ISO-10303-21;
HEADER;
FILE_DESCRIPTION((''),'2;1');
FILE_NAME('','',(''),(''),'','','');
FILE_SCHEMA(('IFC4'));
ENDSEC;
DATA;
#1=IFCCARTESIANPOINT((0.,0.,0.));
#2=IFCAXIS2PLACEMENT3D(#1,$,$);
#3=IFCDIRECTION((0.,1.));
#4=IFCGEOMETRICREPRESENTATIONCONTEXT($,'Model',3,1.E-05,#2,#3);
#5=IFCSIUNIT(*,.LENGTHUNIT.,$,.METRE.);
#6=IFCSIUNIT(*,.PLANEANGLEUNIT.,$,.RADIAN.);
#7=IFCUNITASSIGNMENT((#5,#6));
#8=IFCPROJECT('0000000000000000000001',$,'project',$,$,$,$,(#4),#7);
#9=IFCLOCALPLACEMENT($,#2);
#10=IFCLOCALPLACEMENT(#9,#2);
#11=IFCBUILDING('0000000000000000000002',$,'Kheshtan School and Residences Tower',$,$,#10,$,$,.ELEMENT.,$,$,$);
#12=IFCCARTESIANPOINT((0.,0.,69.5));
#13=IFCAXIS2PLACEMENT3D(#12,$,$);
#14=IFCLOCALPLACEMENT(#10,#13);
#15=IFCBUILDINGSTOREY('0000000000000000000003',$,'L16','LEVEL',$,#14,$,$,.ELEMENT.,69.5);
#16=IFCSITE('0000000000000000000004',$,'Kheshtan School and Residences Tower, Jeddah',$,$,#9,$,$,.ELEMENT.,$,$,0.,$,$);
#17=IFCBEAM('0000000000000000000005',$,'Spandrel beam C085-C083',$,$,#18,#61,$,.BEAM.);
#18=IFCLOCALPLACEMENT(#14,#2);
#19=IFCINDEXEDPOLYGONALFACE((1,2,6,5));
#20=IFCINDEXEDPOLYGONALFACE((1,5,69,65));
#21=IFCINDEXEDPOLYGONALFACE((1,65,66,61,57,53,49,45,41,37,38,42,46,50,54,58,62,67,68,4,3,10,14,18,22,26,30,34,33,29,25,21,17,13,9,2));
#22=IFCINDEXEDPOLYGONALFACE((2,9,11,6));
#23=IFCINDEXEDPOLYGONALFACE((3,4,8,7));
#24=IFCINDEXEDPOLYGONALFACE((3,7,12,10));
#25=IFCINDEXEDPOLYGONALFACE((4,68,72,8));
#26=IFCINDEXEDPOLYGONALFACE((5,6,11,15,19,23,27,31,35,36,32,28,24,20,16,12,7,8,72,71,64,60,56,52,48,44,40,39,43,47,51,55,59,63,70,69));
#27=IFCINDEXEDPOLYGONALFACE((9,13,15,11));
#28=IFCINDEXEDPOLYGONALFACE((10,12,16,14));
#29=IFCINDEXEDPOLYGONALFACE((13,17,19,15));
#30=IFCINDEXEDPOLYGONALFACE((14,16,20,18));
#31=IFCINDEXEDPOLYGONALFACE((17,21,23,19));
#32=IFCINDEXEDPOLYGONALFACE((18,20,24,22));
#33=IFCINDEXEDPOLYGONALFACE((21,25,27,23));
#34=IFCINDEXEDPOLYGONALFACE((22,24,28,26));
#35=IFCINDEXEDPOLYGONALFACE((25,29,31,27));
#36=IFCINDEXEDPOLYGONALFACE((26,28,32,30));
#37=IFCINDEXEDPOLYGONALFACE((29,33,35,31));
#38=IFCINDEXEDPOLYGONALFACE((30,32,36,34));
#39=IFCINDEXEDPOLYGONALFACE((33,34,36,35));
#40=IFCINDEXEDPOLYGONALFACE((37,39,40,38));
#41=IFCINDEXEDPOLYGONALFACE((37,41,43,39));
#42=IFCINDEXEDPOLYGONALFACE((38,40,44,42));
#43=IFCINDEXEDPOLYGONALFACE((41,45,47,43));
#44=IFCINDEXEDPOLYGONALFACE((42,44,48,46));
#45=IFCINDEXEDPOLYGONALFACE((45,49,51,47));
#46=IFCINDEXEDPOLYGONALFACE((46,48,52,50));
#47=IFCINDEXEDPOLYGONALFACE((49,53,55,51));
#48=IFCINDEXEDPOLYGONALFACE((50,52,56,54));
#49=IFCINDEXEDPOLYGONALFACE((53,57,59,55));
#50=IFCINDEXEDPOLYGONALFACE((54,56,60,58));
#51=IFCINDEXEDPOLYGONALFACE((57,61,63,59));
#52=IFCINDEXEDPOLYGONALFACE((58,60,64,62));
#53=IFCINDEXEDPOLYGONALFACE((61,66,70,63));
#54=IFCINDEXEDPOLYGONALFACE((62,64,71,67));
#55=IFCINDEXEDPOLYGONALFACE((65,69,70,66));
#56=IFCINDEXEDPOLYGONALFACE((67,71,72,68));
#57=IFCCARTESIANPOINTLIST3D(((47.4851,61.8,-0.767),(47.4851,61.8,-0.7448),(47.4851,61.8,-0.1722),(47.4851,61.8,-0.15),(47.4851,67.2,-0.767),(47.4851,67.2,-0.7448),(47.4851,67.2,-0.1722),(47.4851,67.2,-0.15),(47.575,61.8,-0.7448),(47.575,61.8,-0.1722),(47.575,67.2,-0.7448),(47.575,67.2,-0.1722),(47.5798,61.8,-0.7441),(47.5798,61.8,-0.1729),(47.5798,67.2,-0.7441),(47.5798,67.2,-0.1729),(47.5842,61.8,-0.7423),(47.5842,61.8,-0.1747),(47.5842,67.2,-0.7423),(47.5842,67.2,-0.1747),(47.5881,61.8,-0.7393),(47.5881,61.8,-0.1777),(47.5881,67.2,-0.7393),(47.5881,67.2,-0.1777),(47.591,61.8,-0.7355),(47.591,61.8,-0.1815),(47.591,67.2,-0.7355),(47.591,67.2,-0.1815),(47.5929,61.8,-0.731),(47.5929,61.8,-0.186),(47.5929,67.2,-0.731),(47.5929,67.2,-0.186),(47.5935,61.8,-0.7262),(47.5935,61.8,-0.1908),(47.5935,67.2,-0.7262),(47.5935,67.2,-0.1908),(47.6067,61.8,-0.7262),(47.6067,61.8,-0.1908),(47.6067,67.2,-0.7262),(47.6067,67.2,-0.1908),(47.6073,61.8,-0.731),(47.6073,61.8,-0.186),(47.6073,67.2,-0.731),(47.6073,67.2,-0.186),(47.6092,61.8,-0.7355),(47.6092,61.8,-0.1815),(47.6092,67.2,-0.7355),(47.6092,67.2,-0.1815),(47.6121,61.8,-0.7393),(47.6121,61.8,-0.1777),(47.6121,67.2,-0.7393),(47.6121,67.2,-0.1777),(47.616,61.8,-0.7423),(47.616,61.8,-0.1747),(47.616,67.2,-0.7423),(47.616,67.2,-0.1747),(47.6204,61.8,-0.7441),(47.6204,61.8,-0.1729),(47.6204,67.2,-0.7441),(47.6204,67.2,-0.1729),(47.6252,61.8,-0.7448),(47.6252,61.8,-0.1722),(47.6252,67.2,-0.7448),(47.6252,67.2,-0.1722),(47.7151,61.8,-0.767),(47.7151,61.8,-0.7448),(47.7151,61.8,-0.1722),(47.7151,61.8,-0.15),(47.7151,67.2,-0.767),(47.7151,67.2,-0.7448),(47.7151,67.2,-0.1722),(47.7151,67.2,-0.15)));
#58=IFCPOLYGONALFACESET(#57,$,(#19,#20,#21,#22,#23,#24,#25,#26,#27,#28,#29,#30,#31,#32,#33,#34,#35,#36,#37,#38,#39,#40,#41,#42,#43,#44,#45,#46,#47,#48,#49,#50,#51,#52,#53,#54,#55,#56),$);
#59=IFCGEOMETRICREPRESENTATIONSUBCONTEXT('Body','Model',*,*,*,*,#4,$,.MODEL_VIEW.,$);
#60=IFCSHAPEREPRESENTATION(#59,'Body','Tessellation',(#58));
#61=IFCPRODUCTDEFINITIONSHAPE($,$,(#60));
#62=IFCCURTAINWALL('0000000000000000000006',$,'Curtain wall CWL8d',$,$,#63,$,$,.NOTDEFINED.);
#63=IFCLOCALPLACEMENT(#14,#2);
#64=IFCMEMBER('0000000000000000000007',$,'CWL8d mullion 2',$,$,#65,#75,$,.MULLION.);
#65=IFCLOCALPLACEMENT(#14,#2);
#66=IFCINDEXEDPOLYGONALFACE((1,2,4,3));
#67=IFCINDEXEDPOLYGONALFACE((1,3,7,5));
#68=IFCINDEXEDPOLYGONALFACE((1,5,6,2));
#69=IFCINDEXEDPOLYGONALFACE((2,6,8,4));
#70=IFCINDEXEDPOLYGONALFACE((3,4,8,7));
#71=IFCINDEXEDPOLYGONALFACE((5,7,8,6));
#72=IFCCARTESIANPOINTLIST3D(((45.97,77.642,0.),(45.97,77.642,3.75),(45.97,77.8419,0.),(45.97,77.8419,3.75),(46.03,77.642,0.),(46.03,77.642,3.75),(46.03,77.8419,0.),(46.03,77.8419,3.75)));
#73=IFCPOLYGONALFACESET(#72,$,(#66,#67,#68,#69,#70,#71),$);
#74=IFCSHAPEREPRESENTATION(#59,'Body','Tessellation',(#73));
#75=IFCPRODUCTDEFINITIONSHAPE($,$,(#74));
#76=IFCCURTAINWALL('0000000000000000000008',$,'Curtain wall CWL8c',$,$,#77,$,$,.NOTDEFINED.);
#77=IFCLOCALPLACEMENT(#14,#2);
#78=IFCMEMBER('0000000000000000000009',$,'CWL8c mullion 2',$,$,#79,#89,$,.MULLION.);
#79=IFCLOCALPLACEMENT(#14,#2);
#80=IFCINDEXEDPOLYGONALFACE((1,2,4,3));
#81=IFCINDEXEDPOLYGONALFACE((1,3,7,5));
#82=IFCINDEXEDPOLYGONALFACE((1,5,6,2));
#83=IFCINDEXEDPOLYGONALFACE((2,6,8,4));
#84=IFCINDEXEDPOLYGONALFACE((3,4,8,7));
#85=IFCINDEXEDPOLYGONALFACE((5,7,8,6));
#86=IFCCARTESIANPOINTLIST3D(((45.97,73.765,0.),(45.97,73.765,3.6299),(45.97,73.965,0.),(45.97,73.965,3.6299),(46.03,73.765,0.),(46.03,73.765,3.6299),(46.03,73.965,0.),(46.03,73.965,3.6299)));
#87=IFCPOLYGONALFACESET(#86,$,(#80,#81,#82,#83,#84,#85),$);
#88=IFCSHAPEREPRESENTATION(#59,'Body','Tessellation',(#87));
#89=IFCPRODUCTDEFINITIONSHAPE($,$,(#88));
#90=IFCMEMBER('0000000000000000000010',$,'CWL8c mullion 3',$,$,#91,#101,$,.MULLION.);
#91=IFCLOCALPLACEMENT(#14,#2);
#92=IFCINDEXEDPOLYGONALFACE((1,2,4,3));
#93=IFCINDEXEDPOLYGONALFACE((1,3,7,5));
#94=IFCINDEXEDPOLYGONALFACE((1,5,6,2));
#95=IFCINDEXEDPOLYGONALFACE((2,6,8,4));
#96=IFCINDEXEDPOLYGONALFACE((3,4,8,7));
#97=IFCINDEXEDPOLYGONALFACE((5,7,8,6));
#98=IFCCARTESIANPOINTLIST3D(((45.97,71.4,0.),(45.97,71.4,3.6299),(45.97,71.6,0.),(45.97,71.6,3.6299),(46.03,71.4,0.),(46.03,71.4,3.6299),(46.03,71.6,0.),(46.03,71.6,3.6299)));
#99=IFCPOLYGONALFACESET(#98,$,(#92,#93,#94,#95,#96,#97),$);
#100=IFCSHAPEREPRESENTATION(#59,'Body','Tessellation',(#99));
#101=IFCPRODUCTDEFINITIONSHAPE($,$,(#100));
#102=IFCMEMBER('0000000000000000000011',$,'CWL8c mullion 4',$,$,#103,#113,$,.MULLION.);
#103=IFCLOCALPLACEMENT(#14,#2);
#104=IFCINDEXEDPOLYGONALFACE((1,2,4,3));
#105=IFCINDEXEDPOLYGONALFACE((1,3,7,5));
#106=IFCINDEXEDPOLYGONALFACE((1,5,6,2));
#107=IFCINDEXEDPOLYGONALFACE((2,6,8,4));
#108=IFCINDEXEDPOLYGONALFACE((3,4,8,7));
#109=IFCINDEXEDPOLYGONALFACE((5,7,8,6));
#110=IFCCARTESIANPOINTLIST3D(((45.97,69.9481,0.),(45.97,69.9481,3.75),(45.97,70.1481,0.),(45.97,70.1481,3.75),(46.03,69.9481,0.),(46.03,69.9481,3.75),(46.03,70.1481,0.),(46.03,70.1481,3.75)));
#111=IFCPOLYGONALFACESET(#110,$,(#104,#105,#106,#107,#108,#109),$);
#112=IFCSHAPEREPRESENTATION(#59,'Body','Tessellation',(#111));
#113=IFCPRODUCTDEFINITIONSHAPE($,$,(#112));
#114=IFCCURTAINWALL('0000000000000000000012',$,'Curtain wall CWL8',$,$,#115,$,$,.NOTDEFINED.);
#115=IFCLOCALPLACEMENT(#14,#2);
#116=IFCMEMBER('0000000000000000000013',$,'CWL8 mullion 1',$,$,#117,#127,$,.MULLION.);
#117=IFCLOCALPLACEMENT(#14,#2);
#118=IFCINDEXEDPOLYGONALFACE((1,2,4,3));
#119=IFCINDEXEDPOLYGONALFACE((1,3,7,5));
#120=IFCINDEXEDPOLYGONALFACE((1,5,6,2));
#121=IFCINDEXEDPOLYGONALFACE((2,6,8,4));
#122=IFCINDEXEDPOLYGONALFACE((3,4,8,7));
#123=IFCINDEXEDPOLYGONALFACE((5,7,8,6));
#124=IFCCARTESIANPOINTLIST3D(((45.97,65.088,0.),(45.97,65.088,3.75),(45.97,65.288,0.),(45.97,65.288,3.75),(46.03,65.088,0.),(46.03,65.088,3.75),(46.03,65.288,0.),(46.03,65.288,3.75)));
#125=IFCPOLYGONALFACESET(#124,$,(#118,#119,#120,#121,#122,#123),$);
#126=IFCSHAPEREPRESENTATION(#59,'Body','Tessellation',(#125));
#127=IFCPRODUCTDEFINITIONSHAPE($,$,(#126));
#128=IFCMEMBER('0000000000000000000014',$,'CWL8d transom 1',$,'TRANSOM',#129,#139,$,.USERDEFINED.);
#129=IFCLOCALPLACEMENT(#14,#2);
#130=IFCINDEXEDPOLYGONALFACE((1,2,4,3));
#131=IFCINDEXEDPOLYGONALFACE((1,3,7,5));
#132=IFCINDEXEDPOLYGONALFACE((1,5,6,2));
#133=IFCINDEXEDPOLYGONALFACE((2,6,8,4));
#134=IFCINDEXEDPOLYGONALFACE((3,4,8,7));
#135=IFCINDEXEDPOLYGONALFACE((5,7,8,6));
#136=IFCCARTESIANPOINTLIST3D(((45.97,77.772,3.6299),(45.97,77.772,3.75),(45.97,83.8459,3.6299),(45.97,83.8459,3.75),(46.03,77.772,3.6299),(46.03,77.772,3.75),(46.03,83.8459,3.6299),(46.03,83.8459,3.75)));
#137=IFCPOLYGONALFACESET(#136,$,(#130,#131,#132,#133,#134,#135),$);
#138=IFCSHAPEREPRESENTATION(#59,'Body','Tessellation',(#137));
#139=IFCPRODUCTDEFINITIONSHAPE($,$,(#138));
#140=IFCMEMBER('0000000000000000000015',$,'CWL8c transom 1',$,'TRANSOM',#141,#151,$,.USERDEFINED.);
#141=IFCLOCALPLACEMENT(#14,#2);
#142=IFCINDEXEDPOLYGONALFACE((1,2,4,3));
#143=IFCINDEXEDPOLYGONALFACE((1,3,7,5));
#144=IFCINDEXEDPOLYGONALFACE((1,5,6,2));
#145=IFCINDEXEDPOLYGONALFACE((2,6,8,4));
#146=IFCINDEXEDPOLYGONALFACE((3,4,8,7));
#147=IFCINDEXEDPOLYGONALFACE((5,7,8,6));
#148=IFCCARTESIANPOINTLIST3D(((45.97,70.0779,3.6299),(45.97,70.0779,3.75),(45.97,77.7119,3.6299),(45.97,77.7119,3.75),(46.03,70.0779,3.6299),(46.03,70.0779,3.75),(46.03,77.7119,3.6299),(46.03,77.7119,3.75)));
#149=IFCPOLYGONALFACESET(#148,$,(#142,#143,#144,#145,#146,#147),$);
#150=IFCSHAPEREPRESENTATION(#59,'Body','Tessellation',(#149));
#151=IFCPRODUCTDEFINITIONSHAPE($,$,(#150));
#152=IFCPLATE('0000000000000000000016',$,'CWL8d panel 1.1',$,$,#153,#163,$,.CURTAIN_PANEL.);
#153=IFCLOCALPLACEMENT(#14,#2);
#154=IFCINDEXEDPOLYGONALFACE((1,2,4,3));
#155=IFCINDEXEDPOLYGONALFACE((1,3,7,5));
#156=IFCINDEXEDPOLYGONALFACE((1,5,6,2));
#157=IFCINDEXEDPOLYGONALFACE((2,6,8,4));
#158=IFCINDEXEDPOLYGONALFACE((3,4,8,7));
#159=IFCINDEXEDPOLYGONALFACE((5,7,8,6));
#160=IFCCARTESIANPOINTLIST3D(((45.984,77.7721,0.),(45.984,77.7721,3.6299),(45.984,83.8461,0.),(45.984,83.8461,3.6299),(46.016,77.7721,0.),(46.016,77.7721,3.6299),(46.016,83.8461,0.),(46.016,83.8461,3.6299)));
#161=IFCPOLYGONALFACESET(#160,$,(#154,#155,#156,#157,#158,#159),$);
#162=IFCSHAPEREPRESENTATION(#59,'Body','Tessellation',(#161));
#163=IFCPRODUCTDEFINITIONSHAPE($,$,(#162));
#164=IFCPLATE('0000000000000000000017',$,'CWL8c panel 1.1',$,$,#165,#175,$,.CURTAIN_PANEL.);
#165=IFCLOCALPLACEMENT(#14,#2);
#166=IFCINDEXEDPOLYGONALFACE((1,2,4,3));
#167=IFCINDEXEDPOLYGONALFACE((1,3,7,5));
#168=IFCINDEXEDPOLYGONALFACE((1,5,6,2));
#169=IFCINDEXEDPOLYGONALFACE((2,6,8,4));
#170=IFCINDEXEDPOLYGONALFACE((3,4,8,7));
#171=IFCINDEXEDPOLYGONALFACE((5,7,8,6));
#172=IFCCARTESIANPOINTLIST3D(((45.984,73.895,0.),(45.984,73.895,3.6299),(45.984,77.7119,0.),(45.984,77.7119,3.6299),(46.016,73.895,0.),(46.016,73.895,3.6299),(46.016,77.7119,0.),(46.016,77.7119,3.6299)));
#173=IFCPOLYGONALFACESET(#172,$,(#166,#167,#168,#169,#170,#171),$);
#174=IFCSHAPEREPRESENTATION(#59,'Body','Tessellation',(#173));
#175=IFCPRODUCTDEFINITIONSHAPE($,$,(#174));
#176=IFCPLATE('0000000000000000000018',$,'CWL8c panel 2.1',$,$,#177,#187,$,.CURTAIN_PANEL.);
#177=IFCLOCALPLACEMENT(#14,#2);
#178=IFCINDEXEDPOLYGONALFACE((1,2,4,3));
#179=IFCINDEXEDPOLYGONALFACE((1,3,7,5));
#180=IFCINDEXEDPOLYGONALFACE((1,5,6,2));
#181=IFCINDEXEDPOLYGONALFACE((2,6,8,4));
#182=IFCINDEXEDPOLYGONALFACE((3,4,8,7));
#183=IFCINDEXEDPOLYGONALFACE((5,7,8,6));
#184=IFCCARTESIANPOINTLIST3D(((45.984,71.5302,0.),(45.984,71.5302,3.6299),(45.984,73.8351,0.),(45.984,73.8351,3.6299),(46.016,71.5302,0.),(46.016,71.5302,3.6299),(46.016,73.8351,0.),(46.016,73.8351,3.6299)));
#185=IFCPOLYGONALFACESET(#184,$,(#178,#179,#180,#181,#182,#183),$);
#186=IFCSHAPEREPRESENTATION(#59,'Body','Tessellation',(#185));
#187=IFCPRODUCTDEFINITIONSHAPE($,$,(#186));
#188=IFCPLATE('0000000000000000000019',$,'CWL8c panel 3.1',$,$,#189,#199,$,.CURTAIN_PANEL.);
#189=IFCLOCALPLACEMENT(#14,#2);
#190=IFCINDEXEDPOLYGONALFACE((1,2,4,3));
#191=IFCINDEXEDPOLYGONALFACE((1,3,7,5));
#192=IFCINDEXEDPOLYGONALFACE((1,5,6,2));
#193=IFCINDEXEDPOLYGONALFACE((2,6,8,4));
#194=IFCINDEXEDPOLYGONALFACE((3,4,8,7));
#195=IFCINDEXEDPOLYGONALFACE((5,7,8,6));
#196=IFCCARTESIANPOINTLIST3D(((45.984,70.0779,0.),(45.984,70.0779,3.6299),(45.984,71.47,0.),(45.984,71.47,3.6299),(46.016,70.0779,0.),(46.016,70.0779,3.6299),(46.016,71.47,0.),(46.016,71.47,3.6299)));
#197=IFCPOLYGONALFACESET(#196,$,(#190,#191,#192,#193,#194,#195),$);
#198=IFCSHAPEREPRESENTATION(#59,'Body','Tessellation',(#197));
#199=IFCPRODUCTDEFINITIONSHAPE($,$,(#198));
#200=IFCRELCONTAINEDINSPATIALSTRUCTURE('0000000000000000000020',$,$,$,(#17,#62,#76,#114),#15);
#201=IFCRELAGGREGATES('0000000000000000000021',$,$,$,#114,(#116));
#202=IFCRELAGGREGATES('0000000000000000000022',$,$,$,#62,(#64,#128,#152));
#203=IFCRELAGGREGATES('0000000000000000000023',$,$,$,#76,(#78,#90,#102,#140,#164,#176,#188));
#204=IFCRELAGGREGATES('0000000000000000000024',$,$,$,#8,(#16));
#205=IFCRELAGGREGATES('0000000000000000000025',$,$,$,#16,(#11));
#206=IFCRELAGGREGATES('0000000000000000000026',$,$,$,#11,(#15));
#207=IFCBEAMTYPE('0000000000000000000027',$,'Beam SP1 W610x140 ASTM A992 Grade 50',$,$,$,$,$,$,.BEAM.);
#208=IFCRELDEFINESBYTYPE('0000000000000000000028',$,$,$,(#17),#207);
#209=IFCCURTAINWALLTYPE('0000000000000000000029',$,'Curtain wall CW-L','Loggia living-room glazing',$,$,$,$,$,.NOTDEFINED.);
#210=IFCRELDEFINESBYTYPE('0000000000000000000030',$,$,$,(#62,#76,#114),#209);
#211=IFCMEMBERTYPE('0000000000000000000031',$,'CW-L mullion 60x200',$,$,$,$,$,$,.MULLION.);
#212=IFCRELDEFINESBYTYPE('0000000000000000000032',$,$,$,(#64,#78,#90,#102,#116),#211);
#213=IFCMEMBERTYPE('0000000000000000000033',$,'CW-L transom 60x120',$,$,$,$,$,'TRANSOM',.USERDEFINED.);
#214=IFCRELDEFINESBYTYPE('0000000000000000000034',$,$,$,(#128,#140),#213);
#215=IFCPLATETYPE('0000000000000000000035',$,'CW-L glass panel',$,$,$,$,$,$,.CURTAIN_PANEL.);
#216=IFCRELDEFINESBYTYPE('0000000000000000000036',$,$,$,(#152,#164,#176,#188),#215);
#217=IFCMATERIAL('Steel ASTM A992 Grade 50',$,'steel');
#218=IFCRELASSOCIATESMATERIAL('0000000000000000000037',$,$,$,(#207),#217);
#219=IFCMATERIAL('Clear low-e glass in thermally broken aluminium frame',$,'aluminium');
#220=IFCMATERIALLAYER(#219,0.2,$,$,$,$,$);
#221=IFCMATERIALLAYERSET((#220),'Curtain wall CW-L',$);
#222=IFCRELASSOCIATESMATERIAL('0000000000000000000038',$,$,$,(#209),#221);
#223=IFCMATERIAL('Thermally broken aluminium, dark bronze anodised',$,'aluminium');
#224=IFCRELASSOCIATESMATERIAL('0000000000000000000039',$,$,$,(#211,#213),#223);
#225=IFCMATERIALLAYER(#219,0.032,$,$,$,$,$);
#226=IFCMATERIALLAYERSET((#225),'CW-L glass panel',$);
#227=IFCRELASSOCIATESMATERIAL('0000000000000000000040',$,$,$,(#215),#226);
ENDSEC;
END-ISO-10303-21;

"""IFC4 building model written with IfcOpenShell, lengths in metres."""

from ifc_helpers import new_model, si_unit, direction, frame, origin, origin_2d, place, context, subcontext, project, spatial, rectangle, i_section, extrude, material, layer, layer_set, material_profile, profile_set, type_object, element, aggregate, save


model = new_model("IFC4")

# Units and contexts
model_context = context("Model", 3, precision=1e-05, world=origin(), true_north=direction((0.0, 1.0)))
body_context = subcontext(model_context, "Body", "Model", "MODEL_VIEW")
ifc_project = project(units=[si_unit("LENGTHUNIT", "METRE"), si_unit("PLANEANGLEUNIT", "RADIAN")], contexts=[model_context])

# Site, building, storey
site_placement = place(None, origin())
site = spatial("IfcSite", under=ifc_project, at=site_placement, Name="Kheshtan School and Residences Tower, Jeddah", CompositionType="ELEMENT", RefElevation=0.0)
building_placement = place(site_placement, origin())
building = spatial("IfcBuilding", under=site, at=building_placement, Name="Kheshtan School and Residences Tower", CompositionType="ELEMENT")
storey_placement = place(building_placement, frame((0.0, 0.0, 69.5)))
storey = spatial("IfcBuildingStorey", under=building, at=storey_placement, Name="L16", Description="LEVEL", CompositionType="ELEMENT", Elevation=69.5)

# Shared definitions
ifc_material_1 = material(Name="Steel ASTM A992 Grade 50", Category="steel")

# Beam
ifc_material_profile_1 = material_profile(ifc_material_1, i_section(OverallWidth=0.23, OverallDepth=0.6169, WebThickness=0.0132, FlangeThickness=0.0222, FilletRadius=0.0186, at=origin_2d()), Name="W610x140")
ifc_profile_set_1 = profile_set([ifc_material_profile_1], Name="Steel ASTM A992 Grade 50")
beam_type_1 = type_object("IfcBeamType", Name="Beam SP1 W610x140 ASTM A992 Grade 50", PredefinedType="BEAM", material=ifc_profile_set_1)
beam_1_placement = place(storey_placement, frame((47.6001, 67.2, -0.4585), z_axis=(0.0, -1.0, 0.0), x_axis=(1.0, 0.0, 0.0)))
element("IfcBeam", 1, at=beam_1_placement, inside=storey, type_object=beam_type_1, Name="Spandrel beam C085-C083", PredefinedType="BEAM", context=body_context, shape_type="SweptSolid", body=[
    extrude(i_section(OverallWidth=0.23, OverallDepth=0.6169, WebThickness=0.0132, FlangeThickness=0.0222, FilletRadius=0.0186, at=origin_2d()), origin(), (0.0, 0.0, 1.0), 5.3999),
])

# Curtain wall, member
ifc_material_2 = material(Name="Clear low-e glass in thermally broken aluminium frame", Category="aluminium")
ifc_layer_1 = layer(ifc_material_2, 0.2)
ifc_layer_set_1 = layer_set([ifc_layer_1], Name="Curtain wall CW-L")
curtain_wall_type = type_object("IfcCurtainWallType", Name="Curtain wall CW-L", Description="Loggia living-room glazing", PredefinedType="NOTDEFINED", material=ifc_layer_set_1)
curtain_wall_1_placement = place(storey_placement, origin())
curtain_wall_1 = element("IfcCurtainWall", 2, at=curtain_wall_1_placement, inside=storey, type_object=curtain_wall_type, Name="Curtain wall CWL8d", PredefinedType="NOTDEFINED")
ifc_material_3 = material(Name="Thermally broken aluminium, dark bronze anodised", Category="aluminium")
ifc_material_profile_2 = material_profile(ifc_material_3, rectangle(XDim=0.0601, YDim=0.2, at=origin_2d()), Name="CW-L mullion 60x200")
ifc_profile_set_2 = profile_set([ifc_material_profile_2], Name="Thermally broken aluminium, dark bronze anodised")
member_type_1 = type_object("IfcMemberType", Name="CW-L mullion 60x200", PredefinedType="MULLION", material=ifc_profile_set_2)
member_1_placement = place(storey_placement, frame((46.0, 77.7419, 0.0), z_axis=(0.0, 0.0, 1.0), x_axis=(1.0, 0.0, 0.0)))
member_1 = element("IfcMember", 3, at=member_1_placement, type_object=member_type_1, Name="CWL8d mullion 2", PredefinedType="MULLION", context=body_context, shape_type="SweptSolid", body=[
    extrude(rectangle(XDim=0.0601, YDim=0.2, at=origin_2d()), origin(), (0.0, 0.0, 1.0), 3.75),
])

# Curtain wall, members
curtain_wall_2_placement = place(storey_placement, origin())
curtain_wall_2 = element("IfcCurtainWall", 4, at=curtain_wall_2_placement, inside=storey, type_object=curtain_wall_type, Name="Curtain wall CWL8c", PredefinedType="NOTDEFINED")
member_2_placement = place(storey_placement, frame((46.0, 73.865, 0.0), z_axis=(0.0, 0.0, 1.0), x_axis=(1.0, 0.0, 0.0)))
member_2 = element("IfcMember", 5, at=member_2_placement, type_object=member_type_1, Name="CWL8c mullion 2", PredefinedType="MULLION", context=body_context, shape_type="SweptSolid", body=[
    extrude(rectangle(XDim=0.0601, YDim=0.2, at=origin_2d()), origin(), (0.0, 0.0, 1.0), 3.6299),
])
member_3_placement = place(storey_placement, frame((46.0, 71.5, 0.0), z_axis=(0.0, 0.0, 1.0), x_axis=(1.0, 0.0, 0.0)))
member_3 = element("IfcMember", 6, at=member_3_placement, type_object=member_type_1, Name="CWL8c mullion 3", PredefinedType="MULLION", context=body_context, shape_type="SweptSolid", body=[
    extrude(rectangle(XDim=0.0601, YDim=0.2, at=origin_2d()), origin(), (0.0, 0.0, 1.0), 3.6299),
])
member_4_placement = place(storey_placement, frame((46.0, 70.0481, 0.0), z_axis=(0.0, 0.0, 1.0), x_axis=(1.0, 0.0, 0.0)))
member_4 = element("IfcMember", 7, at=member_4_placement, type_object=member_type_1, Name="CWL8c mullion 4", PredefinedType="MULLION", context=body_context, shape_type="SweptSolid", body=[
    extrude(rectangle(XDim=0.0601, YDim=0.2, at=origin_2d()), origin(), (0.0, 0.0, 1.0), 3.75),
])

# Curtain wall, member
curtain_wall_3_placement = place(storey_placement, origin())
curtain_wall_3 = element("IfcCurtainWall", 8, at=curtain_wall_3_placement, inside=storey, type_object=curtain_wall_type, Name="Curtain wall CWL8", PredefinedType="NOTDEFINED")
member_5_placement = place(storey_placement, frame((46.0, 65.188, 0.0), z_axis=(0.0, 0.0, 1.0), x_axis=(1.0, 0.0, 0.0)))
member_5 = element("IfcMember", 9, at=member_5_placement, type_object=member_type_1, Name="CWL8 mullion 1", PredefinedType="MULLION", context=body_context, shape_type="SweptSolid", body=[
    extrude(rectangle(XDim=0.0601, YDim=0.2, at=origin_2d()), origin(), (0.0, 0.0, 1.0), 3.75),
])
aggregate(curtain_wall_3, [member_5])

# Members
ifc_material_profile_3 = material_profile(ifc_material_3, rectangle(XDim=0.0601, YDim=0.1201, at=origin_2d()), Name="CW-L transom 60x120")
ifc_profile_set_3 = profile_set([ifc_material_profile_3], Name="Thermally broken aluminium, dark bronze anodised")
member_type_2 = type_object("IfcMemberType", Name="CW-L transom 60x120", ElementType="TRANSOM", PredefinedType="USERDEFINED", material=ifc_profile_set_3)
member_6_placement = place(storey_placement, frame((46.0, 83.8459, 3.6899), z_axis=(0.0, -1.0, 0.0), x_axis=(1.0, 0.0, 0.0)))
member_6 = element("IfcMember", 10, at=member_6_placement, type_object=member_type_2, Name="CWL8d transom 1", ObjectType="TRANSOM", PredefinedType="USERDEFINED", context=body_context, shape_type="SweptSolid", body=[
    extrude(rectangle(XDim=0.0601, YDim=0.1201, at=origin_2d()), origin(), (0.0, 0.0, 1.0), 6.074),
])
member_7_placement = place(storey_placement, frame((46.0, 77.7119, 3.6899), z_axis=(0.0, -1.0, 0.0), x_axis=(1.0, 0.0, 0.0)))
member_7 = element("IfcMember", 11, at=member_7_placement, type_object=member_type_2, Name="CWL8c transom 1", ObjectType="TRANSOM", PredefinedType="USERDEFINED", context=body_context, shape_type="SweptSolid", body=[
    extrude(rectangle(XDim=0.0601, YDim=0.1201, at=origin_2d()), origin(), (0.0, 0.0, 1.0), 7.634),
])

# Plates
ifc_layer_2 = layer(ifc_material_2, 0.032)
ifc_layer_set_2 = layer_set([ifc_layer_2], Name="CW-L glass panel")
plate_type = type_object("IfcPlateType", Name="CW-L glass panel", PredefinedType="CURTAIN_PANEL", material=ifc_layer_set_2)
plate_1_placement = place(storey_placement, frame((46.0, 80.8091, 0.0), z_axis=(0.0, 0.0, 1.0), x_axis=(0.0, -1.0, 0.0)))
plate_1 = element("IfcPlate", 12, at=plate_1_placement, type_object=plate_type, Name="CWL8d panel 1.1", PredefinedType="CURTAIN_PANEL", context=body_context, shape_type="SweptSolid", body=[
    extrude(rectangle(XDim=6.074, YDim=0.032, at=origin_2d()), origin(), (0.0, 0.0, 1.0), 3.6299),
])
aggregate(curtain_wall_1, [member_1, member_6, plate_1])
plate_2_placement = place(storey_placement, frame((46.0, 75.8035, 0.0), z_axis=(0.0, 0.0, 1.0), x_axis=(0.0, -1.0, 0.0)))
plate_2 = element("IfcPlate", 13, at=plate_2_placement, type_object=plate_type, Name="CWL8c panel 1.1", PredefinedType="CURTAIN_PANEL", context=body_context, shape_type="SweptSolid", body=[
    extrude(rectangle(XDim=3.8169, YDim=0.032, at=origin_2d()), origin(), (0.0, 0.0, 1.0), 3.6299),
])
plate_3_placement = place(storey_placement, frame((46.0, 72.6826, 0.0), z_axis=(0.0, 0.0, 1.0), x_axis=(0.0, -1.0, 0.0)))
plate_3 = element("IfcPlate", 14, at=plate_3_placement, type_object=plate_type, Name="CWL8c panel 2.1", PredefinedType="CURTAIN_PANEL", context=body_context, shape_type="SweptSolid", body=[
    extrude(rectangle(XDim=2.3049, YDim=0.032, at=origin_2d()), origin(), (0.0, 0.0, 1.0), 3.6299),
])
plate_4_placement = place(storey_placement, frame((46.0, 70.7739, 0.0), z_axis=(0.0, 0.0, 1.0), x_axis=(0.0, -1.0, 0.0)))
plate_4 = element("IfcPlate", 15, at=plate_4_placement, type_object=plate_type, Name="CWL8c panel 3.1", PredefinedType="CURTAIN_PANEL", context=body_context, shape_type="SweptSolid", body=[
    extrude(rectangle(XDim=1.3921, YDim=0.032, at=origin_2d()), origin(), (0.0, 0.0, 1.0), 3.6299),
])
aggregate(curtain_wall_2, [member_2, member_3, member_4, member_7, plate_2, plate_3, plate_4])

save(model, "model.ifc")
